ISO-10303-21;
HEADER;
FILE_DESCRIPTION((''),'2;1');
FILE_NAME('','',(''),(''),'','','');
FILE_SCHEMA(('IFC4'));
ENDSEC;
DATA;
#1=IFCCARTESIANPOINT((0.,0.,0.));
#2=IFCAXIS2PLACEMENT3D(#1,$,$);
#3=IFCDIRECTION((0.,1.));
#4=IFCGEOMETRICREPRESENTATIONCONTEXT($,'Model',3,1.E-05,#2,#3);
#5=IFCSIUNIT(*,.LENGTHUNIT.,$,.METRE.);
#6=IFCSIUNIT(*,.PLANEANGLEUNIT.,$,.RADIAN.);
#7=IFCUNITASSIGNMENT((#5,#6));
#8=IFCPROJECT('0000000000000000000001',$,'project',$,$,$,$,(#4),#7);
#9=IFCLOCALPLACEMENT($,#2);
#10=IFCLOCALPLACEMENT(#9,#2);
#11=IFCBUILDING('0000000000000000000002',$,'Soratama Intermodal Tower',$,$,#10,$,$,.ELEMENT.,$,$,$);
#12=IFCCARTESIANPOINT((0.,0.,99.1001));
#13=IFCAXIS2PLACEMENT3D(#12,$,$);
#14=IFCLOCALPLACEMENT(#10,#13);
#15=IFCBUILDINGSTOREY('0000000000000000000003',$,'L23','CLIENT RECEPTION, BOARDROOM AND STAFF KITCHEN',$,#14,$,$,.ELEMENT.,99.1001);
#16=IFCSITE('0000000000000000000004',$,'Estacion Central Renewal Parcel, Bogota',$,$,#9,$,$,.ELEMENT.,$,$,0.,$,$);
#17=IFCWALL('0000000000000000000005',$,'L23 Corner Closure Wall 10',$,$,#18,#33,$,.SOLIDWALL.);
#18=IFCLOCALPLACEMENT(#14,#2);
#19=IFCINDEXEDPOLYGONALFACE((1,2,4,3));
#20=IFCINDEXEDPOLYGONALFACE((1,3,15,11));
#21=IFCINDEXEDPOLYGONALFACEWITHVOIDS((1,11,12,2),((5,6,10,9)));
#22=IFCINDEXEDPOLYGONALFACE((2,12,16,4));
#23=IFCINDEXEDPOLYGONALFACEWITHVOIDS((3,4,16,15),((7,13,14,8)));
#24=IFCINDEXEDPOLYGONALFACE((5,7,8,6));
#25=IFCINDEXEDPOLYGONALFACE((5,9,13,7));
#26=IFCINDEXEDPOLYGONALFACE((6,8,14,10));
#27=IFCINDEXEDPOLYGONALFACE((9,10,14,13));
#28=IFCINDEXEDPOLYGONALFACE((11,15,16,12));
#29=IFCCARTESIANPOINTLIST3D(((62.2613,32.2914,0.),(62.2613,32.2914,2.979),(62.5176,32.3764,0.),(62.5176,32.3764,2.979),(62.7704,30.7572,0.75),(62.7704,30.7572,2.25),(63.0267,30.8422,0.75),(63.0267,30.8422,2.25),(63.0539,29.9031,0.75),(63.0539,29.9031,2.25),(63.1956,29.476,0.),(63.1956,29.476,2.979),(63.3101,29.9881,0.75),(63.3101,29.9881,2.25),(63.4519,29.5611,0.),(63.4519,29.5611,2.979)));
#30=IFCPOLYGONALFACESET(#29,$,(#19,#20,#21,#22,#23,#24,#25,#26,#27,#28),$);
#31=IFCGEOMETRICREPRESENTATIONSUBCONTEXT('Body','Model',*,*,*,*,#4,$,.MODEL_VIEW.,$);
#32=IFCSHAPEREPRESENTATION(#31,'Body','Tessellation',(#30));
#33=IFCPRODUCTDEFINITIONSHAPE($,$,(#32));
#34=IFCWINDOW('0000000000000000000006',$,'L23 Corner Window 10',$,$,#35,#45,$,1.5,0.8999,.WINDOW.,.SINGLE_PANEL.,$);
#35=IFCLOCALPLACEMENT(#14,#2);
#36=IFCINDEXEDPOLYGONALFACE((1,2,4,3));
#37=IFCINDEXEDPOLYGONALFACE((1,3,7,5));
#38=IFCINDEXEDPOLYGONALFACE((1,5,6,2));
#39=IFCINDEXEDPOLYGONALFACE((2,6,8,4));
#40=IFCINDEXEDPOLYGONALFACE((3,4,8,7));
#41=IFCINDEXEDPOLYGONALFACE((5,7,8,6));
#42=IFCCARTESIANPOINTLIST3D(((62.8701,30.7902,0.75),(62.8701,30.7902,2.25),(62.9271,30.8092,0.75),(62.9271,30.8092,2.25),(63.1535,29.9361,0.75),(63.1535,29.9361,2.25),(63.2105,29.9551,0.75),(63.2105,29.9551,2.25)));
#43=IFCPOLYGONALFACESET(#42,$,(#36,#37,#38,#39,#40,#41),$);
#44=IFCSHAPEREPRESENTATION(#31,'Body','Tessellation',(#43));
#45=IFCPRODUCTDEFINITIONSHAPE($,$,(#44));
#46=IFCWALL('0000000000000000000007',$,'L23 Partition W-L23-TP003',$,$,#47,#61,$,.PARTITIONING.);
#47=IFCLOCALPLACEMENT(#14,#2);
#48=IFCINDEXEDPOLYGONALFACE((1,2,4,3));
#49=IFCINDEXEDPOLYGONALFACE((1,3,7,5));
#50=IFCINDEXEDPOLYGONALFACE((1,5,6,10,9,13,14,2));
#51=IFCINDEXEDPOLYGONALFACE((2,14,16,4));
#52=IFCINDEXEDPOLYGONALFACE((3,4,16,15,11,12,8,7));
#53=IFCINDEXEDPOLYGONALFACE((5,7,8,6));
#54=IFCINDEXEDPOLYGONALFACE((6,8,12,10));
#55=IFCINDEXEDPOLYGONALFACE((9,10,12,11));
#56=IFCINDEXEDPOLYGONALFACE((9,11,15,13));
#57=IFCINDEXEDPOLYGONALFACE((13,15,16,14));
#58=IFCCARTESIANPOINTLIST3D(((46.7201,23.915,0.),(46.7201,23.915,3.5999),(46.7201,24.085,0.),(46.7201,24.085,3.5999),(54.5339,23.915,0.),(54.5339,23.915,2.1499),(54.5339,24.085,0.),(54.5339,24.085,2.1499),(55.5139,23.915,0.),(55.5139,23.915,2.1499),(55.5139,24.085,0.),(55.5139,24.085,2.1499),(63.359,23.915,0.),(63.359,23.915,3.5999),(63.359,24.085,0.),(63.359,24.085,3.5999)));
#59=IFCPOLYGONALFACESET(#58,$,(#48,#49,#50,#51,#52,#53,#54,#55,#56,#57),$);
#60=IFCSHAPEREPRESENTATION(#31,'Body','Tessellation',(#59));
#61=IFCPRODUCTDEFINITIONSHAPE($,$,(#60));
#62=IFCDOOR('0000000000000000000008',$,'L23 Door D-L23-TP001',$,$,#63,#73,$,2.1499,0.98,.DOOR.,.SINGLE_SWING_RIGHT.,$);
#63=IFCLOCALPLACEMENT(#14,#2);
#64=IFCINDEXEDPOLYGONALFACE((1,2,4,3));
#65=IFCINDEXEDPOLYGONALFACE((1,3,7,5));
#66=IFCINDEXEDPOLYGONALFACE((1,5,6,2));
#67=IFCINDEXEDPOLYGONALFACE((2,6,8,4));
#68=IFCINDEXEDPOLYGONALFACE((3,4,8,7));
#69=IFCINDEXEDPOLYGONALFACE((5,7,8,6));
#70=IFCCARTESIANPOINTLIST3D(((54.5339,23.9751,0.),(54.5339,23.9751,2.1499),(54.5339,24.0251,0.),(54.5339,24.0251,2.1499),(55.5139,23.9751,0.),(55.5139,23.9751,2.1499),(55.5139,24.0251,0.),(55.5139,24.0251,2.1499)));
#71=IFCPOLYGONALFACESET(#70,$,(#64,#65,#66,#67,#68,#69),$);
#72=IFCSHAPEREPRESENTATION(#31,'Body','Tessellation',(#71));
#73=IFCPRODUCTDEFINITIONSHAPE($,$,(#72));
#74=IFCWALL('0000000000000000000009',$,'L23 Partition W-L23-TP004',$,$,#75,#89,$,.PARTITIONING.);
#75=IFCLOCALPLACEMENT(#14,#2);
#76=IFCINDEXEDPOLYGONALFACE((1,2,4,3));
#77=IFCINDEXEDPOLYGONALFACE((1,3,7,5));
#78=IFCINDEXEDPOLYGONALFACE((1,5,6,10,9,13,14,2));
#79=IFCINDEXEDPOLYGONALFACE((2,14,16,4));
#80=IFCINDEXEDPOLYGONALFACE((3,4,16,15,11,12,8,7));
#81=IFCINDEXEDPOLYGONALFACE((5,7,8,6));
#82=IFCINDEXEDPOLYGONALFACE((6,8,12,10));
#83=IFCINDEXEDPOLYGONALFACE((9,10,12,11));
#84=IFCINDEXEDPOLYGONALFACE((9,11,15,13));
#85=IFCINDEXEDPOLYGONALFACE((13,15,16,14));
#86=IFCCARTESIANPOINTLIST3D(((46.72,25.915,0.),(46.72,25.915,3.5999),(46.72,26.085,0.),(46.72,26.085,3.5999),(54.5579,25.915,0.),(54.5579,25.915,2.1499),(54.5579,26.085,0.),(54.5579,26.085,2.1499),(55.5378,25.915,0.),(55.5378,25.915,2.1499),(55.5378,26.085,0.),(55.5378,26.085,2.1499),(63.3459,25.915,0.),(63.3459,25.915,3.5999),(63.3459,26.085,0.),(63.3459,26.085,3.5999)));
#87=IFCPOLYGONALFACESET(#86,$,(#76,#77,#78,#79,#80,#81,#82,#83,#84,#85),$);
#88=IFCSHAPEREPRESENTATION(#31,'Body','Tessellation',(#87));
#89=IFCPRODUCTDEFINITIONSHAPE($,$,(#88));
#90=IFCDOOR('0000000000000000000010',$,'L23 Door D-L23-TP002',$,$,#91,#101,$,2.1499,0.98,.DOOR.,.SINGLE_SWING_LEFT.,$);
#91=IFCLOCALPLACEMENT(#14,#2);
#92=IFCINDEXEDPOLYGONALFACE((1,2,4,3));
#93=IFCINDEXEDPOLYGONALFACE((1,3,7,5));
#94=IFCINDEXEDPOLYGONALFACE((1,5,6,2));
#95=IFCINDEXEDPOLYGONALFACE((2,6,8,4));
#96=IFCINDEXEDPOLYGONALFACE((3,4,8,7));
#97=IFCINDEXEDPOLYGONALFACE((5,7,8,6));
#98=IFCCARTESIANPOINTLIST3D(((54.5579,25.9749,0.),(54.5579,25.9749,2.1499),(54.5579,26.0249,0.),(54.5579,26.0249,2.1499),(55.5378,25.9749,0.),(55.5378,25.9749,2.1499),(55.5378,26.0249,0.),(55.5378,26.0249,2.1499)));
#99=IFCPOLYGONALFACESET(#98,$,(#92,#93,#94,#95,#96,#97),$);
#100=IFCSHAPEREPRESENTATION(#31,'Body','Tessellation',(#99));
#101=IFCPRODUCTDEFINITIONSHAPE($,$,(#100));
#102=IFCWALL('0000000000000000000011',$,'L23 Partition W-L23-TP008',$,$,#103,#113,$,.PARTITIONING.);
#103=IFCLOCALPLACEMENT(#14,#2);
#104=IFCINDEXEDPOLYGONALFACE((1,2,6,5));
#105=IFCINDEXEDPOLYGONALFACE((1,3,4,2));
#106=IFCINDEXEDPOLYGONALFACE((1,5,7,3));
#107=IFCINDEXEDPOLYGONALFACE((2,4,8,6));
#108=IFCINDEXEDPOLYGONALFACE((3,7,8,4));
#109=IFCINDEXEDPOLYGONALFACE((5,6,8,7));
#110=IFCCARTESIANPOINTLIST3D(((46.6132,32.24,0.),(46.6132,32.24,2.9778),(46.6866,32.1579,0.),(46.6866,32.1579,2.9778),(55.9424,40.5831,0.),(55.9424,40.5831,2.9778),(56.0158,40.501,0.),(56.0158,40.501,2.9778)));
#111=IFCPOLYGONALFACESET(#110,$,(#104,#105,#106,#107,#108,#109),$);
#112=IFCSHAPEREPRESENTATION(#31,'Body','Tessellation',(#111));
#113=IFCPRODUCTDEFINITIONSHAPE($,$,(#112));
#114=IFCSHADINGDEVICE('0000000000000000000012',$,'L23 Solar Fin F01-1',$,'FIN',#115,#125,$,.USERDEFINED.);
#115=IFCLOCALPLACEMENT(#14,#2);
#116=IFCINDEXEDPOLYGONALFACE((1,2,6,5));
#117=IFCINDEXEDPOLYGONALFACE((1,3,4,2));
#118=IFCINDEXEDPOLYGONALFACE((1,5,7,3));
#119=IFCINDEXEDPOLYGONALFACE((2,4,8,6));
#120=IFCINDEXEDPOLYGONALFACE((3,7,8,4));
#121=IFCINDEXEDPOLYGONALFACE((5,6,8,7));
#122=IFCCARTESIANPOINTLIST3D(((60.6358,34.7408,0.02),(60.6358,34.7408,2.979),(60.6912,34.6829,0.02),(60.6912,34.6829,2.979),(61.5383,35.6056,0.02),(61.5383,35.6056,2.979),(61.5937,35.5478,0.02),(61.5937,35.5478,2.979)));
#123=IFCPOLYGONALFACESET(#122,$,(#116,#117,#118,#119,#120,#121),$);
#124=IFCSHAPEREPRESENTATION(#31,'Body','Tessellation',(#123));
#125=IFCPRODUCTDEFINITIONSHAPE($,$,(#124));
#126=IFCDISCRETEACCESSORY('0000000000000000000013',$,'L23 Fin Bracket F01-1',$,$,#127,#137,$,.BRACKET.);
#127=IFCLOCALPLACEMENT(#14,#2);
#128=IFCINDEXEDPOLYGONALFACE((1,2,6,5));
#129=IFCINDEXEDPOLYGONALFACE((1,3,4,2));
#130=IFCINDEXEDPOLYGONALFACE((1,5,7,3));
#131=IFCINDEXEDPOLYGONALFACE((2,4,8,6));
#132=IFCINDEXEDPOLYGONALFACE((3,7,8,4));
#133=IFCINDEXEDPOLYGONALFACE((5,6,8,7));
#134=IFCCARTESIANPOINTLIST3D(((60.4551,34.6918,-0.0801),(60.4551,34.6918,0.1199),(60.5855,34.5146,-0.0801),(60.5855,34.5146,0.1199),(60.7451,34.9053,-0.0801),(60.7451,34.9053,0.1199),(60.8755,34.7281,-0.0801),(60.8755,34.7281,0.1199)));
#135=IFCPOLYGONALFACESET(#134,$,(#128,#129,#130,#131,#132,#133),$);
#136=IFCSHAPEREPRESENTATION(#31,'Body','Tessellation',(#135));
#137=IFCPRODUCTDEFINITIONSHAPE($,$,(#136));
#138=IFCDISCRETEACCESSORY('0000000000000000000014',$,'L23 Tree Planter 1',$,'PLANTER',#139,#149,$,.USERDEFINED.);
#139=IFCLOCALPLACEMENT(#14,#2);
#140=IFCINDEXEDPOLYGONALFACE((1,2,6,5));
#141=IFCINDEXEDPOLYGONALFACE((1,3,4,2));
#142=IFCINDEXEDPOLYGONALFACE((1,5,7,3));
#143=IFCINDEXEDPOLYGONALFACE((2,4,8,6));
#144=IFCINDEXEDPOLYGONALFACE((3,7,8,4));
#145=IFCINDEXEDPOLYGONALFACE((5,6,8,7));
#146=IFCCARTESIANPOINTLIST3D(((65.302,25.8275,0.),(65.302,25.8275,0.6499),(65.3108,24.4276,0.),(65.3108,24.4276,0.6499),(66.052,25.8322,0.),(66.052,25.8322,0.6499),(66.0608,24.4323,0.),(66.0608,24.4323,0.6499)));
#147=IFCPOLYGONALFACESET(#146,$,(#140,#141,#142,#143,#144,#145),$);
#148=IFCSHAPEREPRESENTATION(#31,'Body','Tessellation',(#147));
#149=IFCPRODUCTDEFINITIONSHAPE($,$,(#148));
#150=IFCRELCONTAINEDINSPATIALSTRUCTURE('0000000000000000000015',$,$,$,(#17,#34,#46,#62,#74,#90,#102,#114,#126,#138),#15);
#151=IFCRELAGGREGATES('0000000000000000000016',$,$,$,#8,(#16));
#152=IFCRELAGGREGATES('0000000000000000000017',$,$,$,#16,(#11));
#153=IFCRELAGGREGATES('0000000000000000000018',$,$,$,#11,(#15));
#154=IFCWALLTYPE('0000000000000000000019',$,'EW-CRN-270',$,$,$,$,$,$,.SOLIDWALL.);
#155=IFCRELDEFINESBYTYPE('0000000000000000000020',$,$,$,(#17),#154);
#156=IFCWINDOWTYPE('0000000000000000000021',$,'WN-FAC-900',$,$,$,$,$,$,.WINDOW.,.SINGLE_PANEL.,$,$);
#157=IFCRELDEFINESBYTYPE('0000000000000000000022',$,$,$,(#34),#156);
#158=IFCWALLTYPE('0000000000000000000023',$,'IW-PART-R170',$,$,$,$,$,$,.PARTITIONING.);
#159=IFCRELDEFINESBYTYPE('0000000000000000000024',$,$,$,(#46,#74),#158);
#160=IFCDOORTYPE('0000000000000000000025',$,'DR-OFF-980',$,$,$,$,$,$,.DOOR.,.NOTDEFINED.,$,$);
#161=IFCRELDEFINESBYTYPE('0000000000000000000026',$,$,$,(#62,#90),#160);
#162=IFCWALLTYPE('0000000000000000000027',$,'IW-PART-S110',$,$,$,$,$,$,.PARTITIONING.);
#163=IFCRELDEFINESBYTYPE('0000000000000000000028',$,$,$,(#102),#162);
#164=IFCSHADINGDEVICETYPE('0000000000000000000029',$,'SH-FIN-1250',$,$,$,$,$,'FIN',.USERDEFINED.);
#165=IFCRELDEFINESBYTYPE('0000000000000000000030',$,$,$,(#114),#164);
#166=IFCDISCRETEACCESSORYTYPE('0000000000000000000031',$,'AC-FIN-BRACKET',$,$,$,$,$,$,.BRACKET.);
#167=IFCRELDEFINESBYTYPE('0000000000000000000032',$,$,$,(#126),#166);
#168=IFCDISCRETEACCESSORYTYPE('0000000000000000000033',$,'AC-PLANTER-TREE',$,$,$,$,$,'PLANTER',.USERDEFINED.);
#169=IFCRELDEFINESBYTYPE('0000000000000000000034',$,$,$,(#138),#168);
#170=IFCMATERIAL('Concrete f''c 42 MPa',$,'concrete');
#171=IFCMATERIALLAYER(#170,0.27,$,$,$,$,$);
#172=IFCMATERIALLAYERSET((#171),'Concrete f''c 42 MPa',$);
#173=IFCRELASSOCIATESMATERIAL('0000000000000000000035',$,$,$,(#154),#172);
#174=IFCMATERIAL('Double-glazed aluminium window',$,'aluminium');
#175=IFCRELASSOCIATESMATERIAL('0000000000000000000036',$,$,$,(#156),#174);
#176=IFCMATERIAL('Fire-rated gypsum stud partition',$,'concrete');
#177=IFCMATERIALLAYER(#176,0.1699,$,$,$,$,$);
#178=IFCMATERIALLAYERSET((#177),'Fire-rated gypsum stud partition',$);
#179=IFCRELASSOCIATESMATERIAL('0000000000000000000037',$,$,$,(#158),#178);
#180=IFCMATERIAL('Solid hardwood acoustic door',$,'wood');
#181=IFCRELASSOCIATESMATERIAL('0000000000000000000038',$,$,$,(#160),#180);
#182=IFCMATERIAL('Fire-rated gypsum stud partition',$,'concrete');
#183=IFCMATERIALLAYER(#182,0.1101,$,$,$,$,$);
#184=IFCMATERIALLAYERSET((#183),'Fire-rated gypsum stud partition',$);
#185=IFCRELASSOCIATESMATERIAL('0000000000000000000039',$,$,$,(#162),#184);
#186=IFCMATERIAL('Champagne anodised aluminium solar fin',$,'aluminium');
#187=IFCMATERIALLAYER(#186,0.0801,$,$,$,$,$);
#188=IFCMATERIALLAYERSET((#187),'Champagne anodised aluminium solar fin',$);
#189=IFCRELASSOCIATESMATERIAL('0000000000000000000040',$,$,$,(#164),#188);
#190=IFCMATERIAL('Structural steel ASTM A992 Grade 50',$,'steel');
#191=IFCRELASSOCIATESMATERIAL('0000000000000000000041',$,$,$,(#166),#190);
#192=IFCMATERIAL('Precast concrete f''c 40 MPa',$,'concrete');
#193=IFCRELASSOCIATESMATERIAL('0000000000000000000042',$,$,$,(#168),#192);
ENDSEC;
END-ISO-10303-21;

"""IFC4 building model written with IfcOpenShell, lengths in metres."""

from ifc_helpers import new_model, si_unit, direction, frame, frame_2d, origin, origin_2d, place, context, subcontext, project, spatial, rectangle, extrude, material, layer, layer_set, type_object, element, fill, save


model = new_model("IFC4")

# Units and contexts
model_context = context("Model", 3, precision=1e-05, world=origin(), true_north=direction((0.0, 1.0)))
body_context = subcontext(model_context, "Body", "Model", "MODEL_VIEW")
ifc_project = project(units=[si_unit("LENGTHUNIT", "METRE"), si_unit("PLANEANGLEUNIT", "RADIAN")], contexts=[model_context])

# Site, building, storey
site_placement = place(None, origin())
site = spatial("IfcSite", under=ifc_project, at=site_placement, Name="Estacion Central Renewal Parcel, Bogota", CompositionType="ELEMENT", RefElevation=0.0)
building_placement = place(site_placement, origin())
building = spatial("IfcBuilding", under=site, at=building_placement, Name="Soratama Intermodal Tower", CompositionType="ELEMENT")
storey_placement = place(building_placement, frame((0.0, 0.0, 99.1001)))
storey = spatial("IfcBuildingStorey", under=building, at=storey_placement, Name="L23", Description="CLIENT RECEPTION, BOARDROOM AND STAFF KITCHEN", CompositionType="ELEMENT", Elevation=99.1001)

# Wall, opening, window
ifc_material_1 = material(Name="Concrete f'c 42 MPa", Category="concrete")
ifc_layer_1 = layer(ifc_material_1, 0.27)
ifc_layer_set_1 = layer_set([ifc_layer_1], Name="Concrete f'c 42 MPa")
wall_type_1 = type_object("IfcWallType", Name="EW-CRN-270", PredefinedType="SOLIDWALL", material=ifc_layer_set_1)
wall_1_placement = place(storey_placement, frame((63.3237, 29.5186, 0.0), z_axis=(0.0, 0.0, 1.0), x_axis=(-0.314968, 0.949102, 0.0)))
wall_1 = element("IfcWall", 1, at=wall_1_placement, inside=storey, type_object=wall_type_1, Name="L23 Corner Closure Wall 10", PredefinedType="SOLIDWALL", context=body_context, shape_type="SweptSolid", body=[
    extrude(rectangle(XDim=2.9663, YDim=0.27, at=frame_2d((1.4832, 0.0))), origin(), (0.0, 0.0, 1.0), 2.979),
])
opening_1_placement = place(wall_1_placement, frame((0.45, 0.0, 0.75)))
opening_1 = element("IfcOpeningElement", 2, at=opening_1_placement, cuts=wall_1, PredefinedType="OPENING", context=body_context, shape_type="SweptSolid", body=[
    extrude(rectangle(XDim=0.8999, YDim=1.5, at=frame_2d((0.45, 0.75))), frame((0.0, 0.145, 0.0), z_axis=(0.0, -1.0, 0.0), x_axis=(1.0, 0.0, 0.0)), (0.0, 0.0, 1.0), 0.29),
])
ifc_material_2 = material(Name="Double-glazed aluminium window", Category="aluminium")
window_type = type_object("IfcWindowType", Name="WN-FAC-900", PartitioningType="SINGLE_PANEL", PredefinedType="WINDOW", material=ifc_material_2)
window_placement = place(opening_1_placement, origin())
window = element("IfcWindow", 3, at=window_placement, inside=storey, type_object=window_type, Name="L23 Corner Window 10", OverallHeight=1.5, OverallWidth=0.8999, PartitioningType="SINGLE_PANEL", PredefinedType="WINDOW", context=body_context, shape_type="SweptSolid", body=[
    extrude(rectangle(XDim=0.8999, YDim=1.5, at=frame_2d((0.45, 0.75))), frame((0.0, 0.03, 0.0), z_axis=(0.0, -1.0, 0.0), x_axis=(1.0, 0.0, 0.0)), (0.0, 0.0, 1.0), 0.0601),
])
fill(opening_1, window)

# Walls, openings, doors
ifc_material_3 = material(Name="Fire-rated gypsum stud partition", Category="concrete")
ifc_layer_2 = layer(ifc_material_3, 0.1699)
ifc_layer_set_2 = layer_set([ifc_layer_2], Name="Fire-rated gypsum stud partition")
wall_type_2 = type_object("IfcWallType", Name="IW-PART-R170", PredefinedType="PARTITIONING", material=ifc_layer_set_2)
wall_2_placement = place(storey_placement, frame((63.3589, 24.0, 0.0), z_axis=(0.0, 0.0, 1.0), x_axis=(-1.0, 0.0, 0.0)))
wall_2 = element("IfcWall", 4, at=wall_2_placement, inside=storey, type_object=wall_type_2, Name="L23 Partition W-L23-TP003", PredefinedType="PARTITIONING", context=body_context, shape_type="SweptSolid", body=[
    extrude(rectangle(XDim=16.6389, YDim=0.1699, at=frame_2d((8.3193, 0.0))), origin(), (0.0, 0.0, 1.0), 3.5999),
])
opening_2_placement = place(wall_2_placement, frame((7.845, 0.0, 0.0)))
opening_2 = element("IfcOpeningElement", 5, at=opening_2_placement, cuts=wall_2, PredefinedType="OPENING", context=body_context, shape_type="SweptSolid", body=[
    extrude(rectangle(XDim=0.98, YDim=2.1499, at=frame_2d((0.49, 1.075))), frame((0.0, 0.095, 0.0), z_axis=(0.0, -1.0, 0.0), x_axis=(1.0, 0.0, 0.0)), (0.0, 0.0, 1.0), 0.1899),
])
ifc_material_4 = material(Name="Solid hardwood acoustic door", Category="wood")
door_type = type_object("IfcDoorType", Name="DR-OFF-980", OperationType="NOTDEFINED", PredefinedType="DOOR", material=ifc_material_4)
door_1_placement = place(opening_2_placement, origin())
door_1 = element("IfcDoor", 6, at=door_1_placement, inside=storey, type_object=door_type, Name="L23 Door D-L23-TP001", OperationType="SINGLE_SWING_RIGHT", OverallHeight=2.1499, OverallWidth=0.98, PredefinedType="DOOR", context=body_context, shape_type="SweptSolid", body=[
    extrude(rectangle(XDim=0.98, YDim=2.1499, at=frame_2d((0.49, 1.075))), frame((0.0, 0.0249, 0.0), z_axis=(0.0, -1.0, 0.0), x_axis=(1.0, 0.0, 0.0)), (0.0, 0.0, 1.0), 0.05),
])
fill(opening_2, door_1)
wall_3_placement = place(storey_placement, frame((46.72, 26.0, 0.0), z_axis=(0.0, 0.0, 1.0), x_axis=(1.0, 0.0, 0.0)))
wall_3 = element("IfcWall", 7, at=wall_3_placement, inside=storey, type_object=wall_type_2, Name="L23 Partition W-L23-TP004", PredefinedType="PARTITIONING", context=body_context, shape_type="SweptSolid", body=[
    extrude(rectangle(XDim=16.626, YDim=0.1699, at=frame_2d((8.313, 0.0))), origin(), (0.0, 0.0, 1.0), 3.5999),
])
opening_3_placement = place(wall_3_placement, frame((7.8379, 0.0, 0.0)))
opening_3 = element("IfcOpeningElement", 8, at=opening_3_placement, cuts=wall_3, PredefinedType="OPENING", context=body_context, shape_type="SweptSolid", body=[
    extrude(rectangle(XDim=0.98, YDim=2.1499, at=frame_2d((0.49, 1.075))), frame((0.0, 0.095, 0.0), z_axis=(0.0, -1.0, 0.0), x_axis=(1.0, 0.0, 0.0)), (0.0, 0.0, 1.0), 0.1899),
])
door_2_placement = place(opening_3_placement, origin())
door_2 = element("IfcDoor", 9, at=door_2_placement, inside=storey, type_object=door_type, Name="L23 Door D-L23-TP002", OperationType="SINGLE_SWING_LEFT", OverallHeight=2.1499, OverallWidth=0.98, PredefinedType="DOOR", context=body_context, shape_type="SweptSolid", body=[
    extrude(rectangle(XDim=0.98, YDim=2.1499, at=frame_2d((0.49, 1.075))), frame((0.0, 0.0249, 0.0), z_axis=(0.0, -1.0, 0.0), x_axis=(1.0, 0.0, 0.0)), (0.0, 0.0, 1.0), 0.05),
])
fill(opening_3, door_2)

# Wall
ifc_material_5 = material(Name="Fire-rated gypsum stud partition", Category="concrete")
ifc_layer_3 = layer(ifc_material_5, 0.1101)
ifc_layer_set_3 = layer_set([ifc_layer_3], Name="Fire-rated gypsum stud partition")
wall_type_3 = type_object("IfcWallType", Name="IW-PART-S110", PredefinedType="PARTITIONING", material=ifc_layer_set_3)
wall_4_placement = place(storey_placement, frame((46.6499, 32.199, 0.0), z_axis=(0.0, 0.0, 1.0), x_axis=(0.745403, 0.666614, 0.0)))
element("IfcWall", 10, at=wall_4_placement, inside=storey, type_object=wall_type_3, Name="L23 Partition W-L23-TP008", PredefinedType="PARTITIONING", context=body_context, shape_type="SweptSolid", body=[
    extrude(rectangle(XDim=12.5156, YDim=0.1101, at=frame_2d((6.2578, 0.0))), origin(), (0.0, 0.0, 1.0), 2.9778),
])

# Shading device
ifc_material_6 = material(Name="Champagne anodised aluminium solar fin", Category="aluminium")
ifc_layer_4 = layer(ifc_material_6, 0.0801)
ifc_layer_set_4 = layer_set([ifc_layer_4], Name="Champagne anodised aluminium solar fin")
shading_device_type = type_object("IfcShadingDeviceType", Name="SH-FIN-1250", ElementType="FIN", PredefinedType="USERDEFINED", material=ifc_layer_set_4)
shading_device_placement = place(storey_placement, frame((61.1147, 35.1443, 0.02), z_axis=(0.0, 0.0, 1.0), x_axis=(0.722002, 0.691891, 0.0)))
element("IfcShadingDevice", 11, at=shading_device_placement, inside=storey, type_object=shading_device_type, Name="L23 Solar Fin F01-1", ObjectType="FIN", PredefinedType="USERDEFINED", context=body_context, shape_type="SweptSolid", body=[
    extrude(rectangle(XDim=1.25, YDim=0.0801, at=origin_2d()), origin(), (0.0, 0.0, 1.0), 2.959),
])

# Discrete accessories
ifc_material_7 = material(Name="Structural steel ASTM A992 Grade 50", Category="steel")
discrete_accessory_type_1 = type_object("IfcDiscreteAccessoryType", Name="AC-FIN-BRACKET", PredefinedType="BRACKET", material=ifc_material_7)
discrete_accessory_1_placement = place(storey_placement, frame((60.6653, 34.71, -0.0801), z_axis=(0.0, 0.0, 1.0), x_axis=(0.805308, 0.592857, 0.0)))
element("IfcDiscreteAccessory", 12, at=discrete_accessory_1_placement, inside=storey, type_object=discrete_accessory_type_1, Name="L23 Fin Bracket F01-1", PredefinedType="BRACKET", context=body_context, shape_type="SweptSolid", body=[
    extrude(rectangle(XDim=0.3601, YDim=0.22, at=origin_2d()), origin(), (0.0, 0.0, 1.0), 0.2),
])
ifc_material_8 = material(Name="Precast concrete f'c 40 MPa", Category="concrete")
discrete_accessory_type_2 = type_object("IfcDiscreteAccessoryType", Name="AC-PLANTER-TREE", ElementType="PLANTER", PredefinedType="USERDEFINED", material=ifc_material_8)
discrete_accessory_2_placement = place(storey_placement, frame((65.6814, 25.1299, 0.0), z_axis=(0.0, 0.0, 1.0), x_axis=(0.99998, 0.006283, 0.0)))
element("IfcDiscreteAccessory", 13, at=discrete_accessory_2_placement, inside=storey, type_object=discrete_accessory_type_2, Name="L23 Tree Planter 1", ObjectType="PLANTER", PredefinedType="USERDEFINED", context=body_context, shape_type="SweptSolid", body=[
    extrude(rectangle(XDim=0.75, YDim=1.3999, at=origin_2d()), origin(), (0.0, 0.0, 1.0), 0.6499),
])

save(model, "model.ifc")
